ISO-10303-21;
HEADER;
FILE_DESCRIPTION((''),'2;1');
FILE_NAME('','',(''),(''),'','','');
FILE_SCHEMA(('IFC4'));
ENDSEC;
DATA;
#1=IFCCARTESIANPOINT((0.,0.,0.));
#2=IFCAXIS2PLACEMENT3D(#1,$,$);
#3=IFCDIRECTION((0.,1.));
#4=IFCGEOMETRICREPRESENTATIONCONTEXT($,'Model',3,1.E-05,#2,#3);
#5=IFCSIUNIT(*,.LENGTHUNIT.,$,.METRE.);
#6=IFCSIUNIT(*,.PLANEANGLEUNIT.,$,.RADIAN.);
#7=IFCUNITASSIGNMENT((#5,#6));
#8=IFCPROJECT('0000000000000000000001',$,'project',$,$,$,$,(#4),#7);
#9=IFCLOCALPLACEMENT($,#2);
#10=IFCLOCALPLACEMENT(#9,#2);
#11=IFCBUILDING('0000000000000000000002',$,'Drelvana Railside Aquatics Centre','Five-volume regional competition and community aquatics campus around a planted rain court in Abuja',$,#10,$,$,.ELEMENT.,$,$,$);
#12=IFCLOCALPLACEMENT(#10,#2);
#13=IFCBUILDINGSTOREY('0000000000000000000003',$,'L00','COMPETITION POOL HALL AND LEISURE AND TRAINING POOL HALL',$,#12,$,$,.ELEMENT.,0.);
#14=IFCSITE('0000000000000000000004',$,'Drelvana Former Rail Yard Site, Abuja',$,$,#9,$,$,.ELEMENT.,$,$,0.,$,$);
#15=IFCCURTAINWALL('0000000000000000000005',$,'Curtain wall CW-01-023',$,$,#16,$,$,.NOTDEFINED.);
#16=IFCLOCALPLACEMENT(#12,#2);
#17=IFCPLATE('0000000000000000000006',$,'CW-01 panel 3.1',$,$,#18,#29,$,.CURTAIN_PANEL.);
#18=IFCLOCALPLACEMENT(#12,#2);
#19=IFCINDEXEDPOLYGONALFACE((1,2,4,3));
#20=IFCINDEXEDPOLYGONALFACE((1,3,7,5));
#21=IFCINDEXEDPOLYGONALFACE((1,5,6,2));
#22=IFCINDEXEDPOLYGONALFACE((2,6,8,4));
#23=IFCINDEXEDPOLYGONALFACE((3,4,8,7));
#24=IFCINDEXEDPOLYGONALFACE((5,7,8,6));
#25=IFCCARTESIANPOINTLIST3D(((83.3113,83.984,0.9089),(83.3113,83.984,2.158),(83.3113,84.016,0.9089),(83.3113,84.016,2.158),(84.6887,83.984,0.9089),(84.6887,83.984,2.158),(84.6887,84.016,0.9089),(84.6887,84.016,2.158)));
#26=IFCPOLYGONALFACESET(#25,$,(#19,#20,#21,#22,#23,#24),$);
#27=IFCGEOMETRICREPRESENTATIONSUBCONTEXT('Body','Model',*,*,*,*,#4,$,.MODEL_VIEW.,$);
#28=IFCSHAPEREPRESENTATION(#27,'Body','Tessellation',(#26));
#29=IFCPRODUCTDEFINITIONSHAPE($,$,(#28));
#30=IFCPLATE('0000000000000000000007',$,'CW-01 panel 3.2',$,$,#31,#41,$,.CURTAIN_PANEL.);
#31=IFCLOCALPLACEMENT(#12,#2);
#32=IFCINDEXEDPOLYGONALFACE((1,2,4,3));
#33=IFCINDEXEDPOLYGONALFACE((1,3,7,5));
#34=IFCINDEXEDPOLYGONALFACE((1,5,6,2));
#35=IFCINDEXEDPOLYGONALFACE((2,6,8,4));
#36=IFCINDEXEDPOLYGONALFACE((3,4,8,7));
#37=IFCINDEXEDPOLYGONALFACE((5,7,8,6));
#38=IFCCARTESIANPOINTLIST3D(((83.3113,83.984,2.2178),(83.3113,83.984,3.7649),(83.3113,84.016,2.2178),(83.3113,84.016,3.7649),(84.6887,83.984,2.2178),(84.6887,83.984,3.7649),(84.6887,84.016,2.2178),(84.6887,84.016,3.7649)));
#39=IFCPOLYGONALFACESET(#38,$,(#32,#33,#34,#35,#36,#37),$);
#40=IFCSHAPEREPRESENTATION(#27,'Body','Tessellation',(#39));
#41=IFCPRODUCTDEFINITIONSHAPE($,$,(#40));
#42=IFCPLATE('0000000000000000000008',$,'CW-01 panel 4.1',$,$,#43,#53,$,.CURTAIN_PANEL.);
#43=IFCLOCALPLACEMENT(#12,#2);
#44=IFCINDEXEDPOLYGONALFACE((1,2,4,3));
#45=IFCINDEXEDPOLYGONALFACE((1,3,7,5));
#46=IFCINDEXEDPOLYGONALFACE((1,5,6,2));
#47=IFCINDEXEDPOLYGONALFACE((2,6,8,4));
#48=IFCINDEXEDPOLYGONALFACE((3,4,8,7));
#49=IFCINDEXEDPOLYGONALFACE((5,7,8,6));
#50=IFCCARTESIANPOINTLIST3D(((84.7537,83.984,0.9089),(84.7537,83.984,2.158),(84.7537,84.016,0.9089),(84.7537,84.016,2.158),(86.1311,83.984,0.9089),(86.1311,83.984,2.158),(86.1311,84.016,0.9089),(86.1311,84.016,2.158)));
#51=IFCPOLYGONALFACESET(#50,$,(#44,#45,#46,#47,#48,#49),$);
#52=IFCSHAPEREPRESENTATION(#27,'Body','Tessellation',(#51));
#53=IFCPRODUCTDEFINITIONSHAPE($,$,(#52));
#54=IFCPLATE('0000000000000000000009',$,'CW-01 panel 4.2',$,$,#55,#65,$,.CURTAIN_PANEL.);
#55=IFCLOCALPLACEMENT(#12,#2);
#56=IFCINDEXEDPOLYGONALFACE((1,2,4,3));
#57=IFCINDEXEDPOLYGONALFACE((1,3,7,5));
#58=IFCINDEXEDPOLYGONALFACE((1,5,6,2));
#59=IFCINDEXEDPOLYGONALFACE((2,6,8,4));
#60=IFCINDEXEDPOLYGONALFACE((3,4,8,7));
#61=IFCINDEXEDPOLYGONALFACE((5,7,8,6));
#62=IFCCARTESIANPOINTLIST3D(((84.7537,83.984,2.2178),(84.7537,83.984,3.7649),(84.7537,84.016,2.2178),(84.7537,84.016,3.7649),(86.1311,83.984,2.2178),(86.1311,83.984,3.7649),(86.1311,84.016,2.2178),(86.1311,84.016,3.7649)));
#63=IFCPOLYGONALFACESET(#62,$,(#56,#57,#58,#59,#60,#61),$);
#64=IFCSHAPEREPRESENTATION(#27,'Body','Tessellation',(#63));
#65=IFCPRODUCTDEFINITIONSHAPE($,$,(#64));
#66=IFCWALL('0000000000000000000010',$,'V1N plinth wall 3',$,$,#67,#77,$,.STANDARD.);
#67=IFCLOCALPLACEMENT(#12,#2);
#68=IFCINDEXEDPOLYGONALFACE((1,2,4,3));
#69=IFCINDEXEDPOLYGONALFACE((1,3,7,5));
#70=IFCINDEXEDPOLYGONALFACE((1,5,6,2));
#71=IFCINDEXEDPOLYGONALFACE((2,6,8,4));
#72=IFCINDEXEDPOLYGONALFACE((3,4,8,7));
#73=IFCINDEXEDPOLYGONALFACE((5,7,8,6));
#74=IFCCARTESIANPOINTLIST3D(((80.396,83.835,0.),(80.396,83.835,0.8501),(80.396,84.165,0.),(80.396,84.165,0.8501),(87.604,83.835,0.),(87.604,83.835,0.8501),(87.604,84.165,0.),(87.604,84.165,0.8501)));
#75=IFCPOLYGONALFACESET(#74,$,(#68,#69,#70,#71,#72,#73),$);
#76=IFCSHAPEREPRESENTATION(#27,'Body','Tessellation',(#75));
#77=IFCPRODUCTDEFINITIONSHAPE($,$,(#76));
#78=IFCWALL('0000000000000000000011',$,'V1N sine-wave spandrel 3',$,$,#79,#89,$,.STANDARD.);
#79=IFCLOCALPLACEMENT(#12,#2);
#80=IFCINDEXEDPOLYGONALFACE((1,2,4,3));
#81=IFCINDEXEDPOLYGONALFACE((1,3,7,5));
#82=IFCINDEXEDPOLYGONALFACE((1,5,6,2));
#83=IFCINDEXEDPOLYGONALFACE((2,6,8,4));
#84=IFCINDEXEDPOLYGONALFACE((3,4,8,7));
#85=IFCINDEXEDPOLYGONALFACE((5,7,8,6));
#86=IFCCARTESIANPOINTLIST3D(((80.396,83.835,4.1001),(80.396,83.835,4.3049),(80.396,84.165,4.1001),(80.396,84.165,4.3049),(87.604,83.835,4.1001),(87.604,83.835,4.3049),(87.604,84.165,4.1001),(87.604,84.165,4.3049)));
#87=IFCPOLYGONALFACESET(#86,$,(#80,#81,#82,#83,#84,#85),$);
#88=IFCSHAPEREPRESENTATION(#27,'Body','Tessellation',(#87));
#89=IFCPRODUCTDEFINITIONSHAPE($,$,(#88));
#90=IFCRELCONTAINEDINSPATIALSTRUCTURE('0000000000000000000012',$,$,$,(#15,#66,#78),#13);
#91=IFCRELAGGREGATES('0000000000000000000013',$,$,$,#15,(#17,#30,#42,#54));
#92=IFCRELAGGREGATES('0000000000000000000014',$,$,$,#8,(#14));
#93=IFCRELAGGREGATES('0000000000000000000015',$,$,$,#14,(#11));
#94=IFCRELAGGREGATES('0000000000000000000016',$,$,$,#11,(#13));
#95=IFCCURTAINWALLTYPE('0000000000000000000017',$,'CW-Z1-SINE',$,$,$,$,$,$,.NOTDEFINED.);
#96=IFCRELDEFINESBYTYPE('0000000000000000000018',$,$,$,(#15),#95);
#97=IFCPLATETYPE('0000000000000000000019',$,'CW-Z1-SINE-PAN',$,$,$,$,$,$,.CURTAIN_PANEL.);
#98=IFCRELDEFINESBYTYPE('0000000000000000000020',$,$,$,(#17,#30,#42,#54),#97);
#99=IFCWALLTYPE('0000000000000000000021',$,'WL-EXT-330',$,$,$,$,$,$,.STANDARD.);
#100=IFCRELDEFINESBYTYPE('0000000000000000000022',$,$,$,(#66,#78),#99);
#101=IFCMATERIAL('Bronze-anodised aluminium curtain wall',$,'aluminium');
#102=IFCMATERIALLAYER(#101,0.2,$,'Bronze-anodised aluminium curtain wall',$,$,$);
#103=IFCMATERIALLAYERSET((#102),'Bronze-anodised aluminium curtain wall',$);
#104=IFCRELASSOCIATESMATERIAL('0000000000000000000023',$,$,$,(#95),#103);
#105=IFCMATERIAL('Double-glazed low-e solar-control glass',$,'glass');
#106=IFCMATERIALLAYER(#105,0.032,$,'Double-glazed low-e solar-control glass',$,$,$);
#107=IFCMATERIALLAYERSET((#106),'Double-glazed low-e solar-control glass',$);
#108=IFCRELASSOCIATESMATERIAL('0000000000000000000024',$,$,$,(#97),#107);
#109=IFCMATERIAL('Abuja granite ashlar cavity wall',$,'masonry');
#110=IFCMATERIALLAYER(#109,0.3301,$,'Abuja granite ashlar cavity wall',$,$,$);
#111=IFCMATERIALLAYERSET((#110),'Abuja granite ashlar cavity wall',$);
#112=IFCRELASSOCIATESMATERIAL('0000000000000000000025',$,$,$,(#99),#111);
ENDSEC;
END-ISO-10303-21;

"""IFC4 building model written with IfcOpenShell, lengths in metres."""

from ifc_helpers import new_model, si_unit, direction, frame, frame_2d, origin, origin_2d, place, context, subcontext, project, spatial, rectangle, extrude, material, layer, layer_set, type_object, element, aggregate, save


model = new_model("IFC4")

# Units and contexts
model_context = context("Model", 3, precision=1e-05, world=origin(), true_north=direction((0.0, 1.0)))
body_context = subcontext(model_context, "Body", "Model", "MODEL_VIEW")
ifc_project = project(units=[si_unit("LENGTHUNIT", "METRE"), si_unit("PLANEANGLEUNIT", "RADIAN")], contexts=[model_context])

# Site, building, storey
site_placement = place(None, origin())
site = spatial("IfcSite", under=ifc_project, at=site_placement, Name="Drelvana Former Rail Yard Site, Abuja", CompositionType="ELEMENT", RefElevation=0.0)
building_placement = place(site_placement, origin())
building = spatial("IfcBuilding", under=site, at=building_placement, Name="Drelvana Railside Aquatics Centre", Description="Five-volume regional competition and community aquatics campus around a planted rain court in Abuja", CompositionType="ELEMENT")
storey_placement = place(building_placement, origin())
storey = spatial("IfcBuildingStorey", under=building, at=storey_placement, Name="L00", Description="COMPETITION POOL HALL AND LEISURE AND TRAINING POOL HALL", CompositionType="ELEMENT", Elevation=0.0)

# Curtain wall
ifc_material_1 = material(Name="Bronze-anodised aluminium curtain wall", Category="aluminium")
ifc_layer_1 = layer(ifc_material_1, 0.2, Name="Bronze-anodised aluminium curtain wall")
ifc_layer_set_1 = layer_set([ifc_layer_1], Name="Bronze-anodised aluminium curtain wall")
curtain_wall_type = type_object("IfcCurtainWallType", Name="CW-Z1-SINE", PredefinedType="NOTDEFINED", material=ifc_layer_set_1)
curtain_wall_placement = place(storey_placement, origin())
curtain_wall = element("IfcCurtainWall", 1, at=curtain_wall_placement, inside=storey, type_object=curtain_wall_type, Name="Curtain wall CW-01-023", PredefinedType="NOTDEFINED")

# Plates
ifc_material_2 = material(Name="Double-glazed low-e solar-control glass", Category="glass")
ifc_layer_2 = layer(ifc_material_2, 0.032, Name="Double-glazed low-e solar-control glass")
ifc_layer_set_2 = layer_set([ifc_layer_2], Name="Double-glazed low-e solar-control glass")
plate_type = type_object("IfcPlateType", Name="CW-Z1-SINE-PAN", PredefinedType="CURTAIN_PANEL", material=ifc_layer_set_2)
plate_1_placement = place(storey_placement, frame((84.0, 84.0, 0.9089), z_axis=(0.0, 0.0, 1.0), x_axis=(1.0, 0.0, 0.0)))
plate_1 = element("IfcPlate", 2, at=plate_1_placement, type_object=plate_type, Name="CW-01 panel 3.1", PredefinedType="CURTAIN_PANEL", context=body_context, shape_type="SweptSolid", body=[
    extrude(rectangle(XDim=1.3774, YDim=0.032, at=origin_2d()), origin(), (0.0, 0.0, 1.0), 1.249),
])
plate_2_placement = place(storey_placement, frame((84.0, 84.0, 2.2178), z_axis=(0.0, 0.0, 1.0), x_axis=(1.0, 0.0, 0.0)))
plate_2 = element("IfcPlate", 3, at=plate_2_placement, type_object=plate_type, Name="CW-01 panel 3.2", PredefinedType="CURTAIN_PANEL", context=body_context, shape_type="SweptSolid", body=[
    extrude(rectangle(XDim=1.3774, YDim=0.032, at=origin_2d()), origin(), (0.0, 0.0, 1.0), 1.5471),
])
plate_3_placement = place(storey_placement, frame((85.4424, 84.0, 0.9089), z_axis=(0.0, 0.0, 1.0), x_axis=(1.0, 0.0, 0.0)))
plate_3 = element("IfcPlate", 4, at=plate_3_placement, type_object=plate_type, Name="CW-01 panel 4.1", PredefinedType="CURTAIN_PANEL", context=body_context, shape_type="SweptSolid", body=[
    extrude(rectangle(XDim=1.3774, YDim=0.032, at=origin_2d()), origin(), (0.0, 0.0, 1.0), 1.249),
])
plate_4_placement = place(storey_placement, frame((85.4424, 84.0, 2.2178), z_axis=(0.0, 0.0, 1.0), x_axis=(1.0, 0.0, 0.0)))
plate_4 = element("IfcPlate", 5, at=plate_4_placement, type_object=plate_type, Name="CW-01 panel 4.2", PredefinedType="CURTAIN_PANEL", context=body_context, shape_type="SweptSolid", body=[
    extrude(rectangle(XDim=1.3774, YDim=0.032, at=origin_2d()), origin(), (0.0, 0.0, 1.0), 1.5471),
])
aggregate(curtain_wall, [plate_1, plate_2, plate_3, plate_4])

# Walls
ifc_material_3 = material(Name="Abuja granite ashlar cavity wall", Category="masonry")
ifc_layer_3 = layer(ifc_material_3, 0.3301, Name="Abuja granite ashlar cavity wall")
ifc_layer_set_3 = layer_set([ifc_layer_3], Name="Abuja granite ashlar cavity wall")
wall_type = type_object("IfcWallType", Name="WL-EXT-330", PredefinedType="STANDARD", material=ifc_layer_set_3)
wall_1_placement = place(storey_placement, frame((80.396, 84.0, 0.0), z_axis=(0.0, 0.0, 1.0), x_axis=(1.0, 0.0, 0.0)))
element("IfcWall", 6, at=wall_1_placement, inside=storey, type_object=wall_type, Name="V1N plinth wall 3", PredefinedType="STANDARD", context=body_context, shape_type="SweptSolid", body=[
    extrude(rectangle(XDim=7.208, YDim=0.3301, at=frame_2d((3.604, 0.0))), origin(), (0.0, 0.0, 1.0), 0.8501),
])
wall_2_placement = place(storey_placement, frame((80.396, 84.0, 4.1001), z_axis=(0.0, 0.0, 1.0), x_axis=(1.0, 0.0, 0.0)))
element("IfcWall", 7, at=wall_2_placement, inside=storey, type_object=wall_type, Name="V1N sine-wave spandrel 3", PredefinedType="STANDARD", context=body_context, shape_type="SweptSolid", body=[
    extrude(rectangle(XDim=7.208, YDim=0.3301, at=frame_2d((3.604, 0.0))), origin(), (0.0, 0.0, 1.0), 0.2048),
])

save(model, "model.ifc")
